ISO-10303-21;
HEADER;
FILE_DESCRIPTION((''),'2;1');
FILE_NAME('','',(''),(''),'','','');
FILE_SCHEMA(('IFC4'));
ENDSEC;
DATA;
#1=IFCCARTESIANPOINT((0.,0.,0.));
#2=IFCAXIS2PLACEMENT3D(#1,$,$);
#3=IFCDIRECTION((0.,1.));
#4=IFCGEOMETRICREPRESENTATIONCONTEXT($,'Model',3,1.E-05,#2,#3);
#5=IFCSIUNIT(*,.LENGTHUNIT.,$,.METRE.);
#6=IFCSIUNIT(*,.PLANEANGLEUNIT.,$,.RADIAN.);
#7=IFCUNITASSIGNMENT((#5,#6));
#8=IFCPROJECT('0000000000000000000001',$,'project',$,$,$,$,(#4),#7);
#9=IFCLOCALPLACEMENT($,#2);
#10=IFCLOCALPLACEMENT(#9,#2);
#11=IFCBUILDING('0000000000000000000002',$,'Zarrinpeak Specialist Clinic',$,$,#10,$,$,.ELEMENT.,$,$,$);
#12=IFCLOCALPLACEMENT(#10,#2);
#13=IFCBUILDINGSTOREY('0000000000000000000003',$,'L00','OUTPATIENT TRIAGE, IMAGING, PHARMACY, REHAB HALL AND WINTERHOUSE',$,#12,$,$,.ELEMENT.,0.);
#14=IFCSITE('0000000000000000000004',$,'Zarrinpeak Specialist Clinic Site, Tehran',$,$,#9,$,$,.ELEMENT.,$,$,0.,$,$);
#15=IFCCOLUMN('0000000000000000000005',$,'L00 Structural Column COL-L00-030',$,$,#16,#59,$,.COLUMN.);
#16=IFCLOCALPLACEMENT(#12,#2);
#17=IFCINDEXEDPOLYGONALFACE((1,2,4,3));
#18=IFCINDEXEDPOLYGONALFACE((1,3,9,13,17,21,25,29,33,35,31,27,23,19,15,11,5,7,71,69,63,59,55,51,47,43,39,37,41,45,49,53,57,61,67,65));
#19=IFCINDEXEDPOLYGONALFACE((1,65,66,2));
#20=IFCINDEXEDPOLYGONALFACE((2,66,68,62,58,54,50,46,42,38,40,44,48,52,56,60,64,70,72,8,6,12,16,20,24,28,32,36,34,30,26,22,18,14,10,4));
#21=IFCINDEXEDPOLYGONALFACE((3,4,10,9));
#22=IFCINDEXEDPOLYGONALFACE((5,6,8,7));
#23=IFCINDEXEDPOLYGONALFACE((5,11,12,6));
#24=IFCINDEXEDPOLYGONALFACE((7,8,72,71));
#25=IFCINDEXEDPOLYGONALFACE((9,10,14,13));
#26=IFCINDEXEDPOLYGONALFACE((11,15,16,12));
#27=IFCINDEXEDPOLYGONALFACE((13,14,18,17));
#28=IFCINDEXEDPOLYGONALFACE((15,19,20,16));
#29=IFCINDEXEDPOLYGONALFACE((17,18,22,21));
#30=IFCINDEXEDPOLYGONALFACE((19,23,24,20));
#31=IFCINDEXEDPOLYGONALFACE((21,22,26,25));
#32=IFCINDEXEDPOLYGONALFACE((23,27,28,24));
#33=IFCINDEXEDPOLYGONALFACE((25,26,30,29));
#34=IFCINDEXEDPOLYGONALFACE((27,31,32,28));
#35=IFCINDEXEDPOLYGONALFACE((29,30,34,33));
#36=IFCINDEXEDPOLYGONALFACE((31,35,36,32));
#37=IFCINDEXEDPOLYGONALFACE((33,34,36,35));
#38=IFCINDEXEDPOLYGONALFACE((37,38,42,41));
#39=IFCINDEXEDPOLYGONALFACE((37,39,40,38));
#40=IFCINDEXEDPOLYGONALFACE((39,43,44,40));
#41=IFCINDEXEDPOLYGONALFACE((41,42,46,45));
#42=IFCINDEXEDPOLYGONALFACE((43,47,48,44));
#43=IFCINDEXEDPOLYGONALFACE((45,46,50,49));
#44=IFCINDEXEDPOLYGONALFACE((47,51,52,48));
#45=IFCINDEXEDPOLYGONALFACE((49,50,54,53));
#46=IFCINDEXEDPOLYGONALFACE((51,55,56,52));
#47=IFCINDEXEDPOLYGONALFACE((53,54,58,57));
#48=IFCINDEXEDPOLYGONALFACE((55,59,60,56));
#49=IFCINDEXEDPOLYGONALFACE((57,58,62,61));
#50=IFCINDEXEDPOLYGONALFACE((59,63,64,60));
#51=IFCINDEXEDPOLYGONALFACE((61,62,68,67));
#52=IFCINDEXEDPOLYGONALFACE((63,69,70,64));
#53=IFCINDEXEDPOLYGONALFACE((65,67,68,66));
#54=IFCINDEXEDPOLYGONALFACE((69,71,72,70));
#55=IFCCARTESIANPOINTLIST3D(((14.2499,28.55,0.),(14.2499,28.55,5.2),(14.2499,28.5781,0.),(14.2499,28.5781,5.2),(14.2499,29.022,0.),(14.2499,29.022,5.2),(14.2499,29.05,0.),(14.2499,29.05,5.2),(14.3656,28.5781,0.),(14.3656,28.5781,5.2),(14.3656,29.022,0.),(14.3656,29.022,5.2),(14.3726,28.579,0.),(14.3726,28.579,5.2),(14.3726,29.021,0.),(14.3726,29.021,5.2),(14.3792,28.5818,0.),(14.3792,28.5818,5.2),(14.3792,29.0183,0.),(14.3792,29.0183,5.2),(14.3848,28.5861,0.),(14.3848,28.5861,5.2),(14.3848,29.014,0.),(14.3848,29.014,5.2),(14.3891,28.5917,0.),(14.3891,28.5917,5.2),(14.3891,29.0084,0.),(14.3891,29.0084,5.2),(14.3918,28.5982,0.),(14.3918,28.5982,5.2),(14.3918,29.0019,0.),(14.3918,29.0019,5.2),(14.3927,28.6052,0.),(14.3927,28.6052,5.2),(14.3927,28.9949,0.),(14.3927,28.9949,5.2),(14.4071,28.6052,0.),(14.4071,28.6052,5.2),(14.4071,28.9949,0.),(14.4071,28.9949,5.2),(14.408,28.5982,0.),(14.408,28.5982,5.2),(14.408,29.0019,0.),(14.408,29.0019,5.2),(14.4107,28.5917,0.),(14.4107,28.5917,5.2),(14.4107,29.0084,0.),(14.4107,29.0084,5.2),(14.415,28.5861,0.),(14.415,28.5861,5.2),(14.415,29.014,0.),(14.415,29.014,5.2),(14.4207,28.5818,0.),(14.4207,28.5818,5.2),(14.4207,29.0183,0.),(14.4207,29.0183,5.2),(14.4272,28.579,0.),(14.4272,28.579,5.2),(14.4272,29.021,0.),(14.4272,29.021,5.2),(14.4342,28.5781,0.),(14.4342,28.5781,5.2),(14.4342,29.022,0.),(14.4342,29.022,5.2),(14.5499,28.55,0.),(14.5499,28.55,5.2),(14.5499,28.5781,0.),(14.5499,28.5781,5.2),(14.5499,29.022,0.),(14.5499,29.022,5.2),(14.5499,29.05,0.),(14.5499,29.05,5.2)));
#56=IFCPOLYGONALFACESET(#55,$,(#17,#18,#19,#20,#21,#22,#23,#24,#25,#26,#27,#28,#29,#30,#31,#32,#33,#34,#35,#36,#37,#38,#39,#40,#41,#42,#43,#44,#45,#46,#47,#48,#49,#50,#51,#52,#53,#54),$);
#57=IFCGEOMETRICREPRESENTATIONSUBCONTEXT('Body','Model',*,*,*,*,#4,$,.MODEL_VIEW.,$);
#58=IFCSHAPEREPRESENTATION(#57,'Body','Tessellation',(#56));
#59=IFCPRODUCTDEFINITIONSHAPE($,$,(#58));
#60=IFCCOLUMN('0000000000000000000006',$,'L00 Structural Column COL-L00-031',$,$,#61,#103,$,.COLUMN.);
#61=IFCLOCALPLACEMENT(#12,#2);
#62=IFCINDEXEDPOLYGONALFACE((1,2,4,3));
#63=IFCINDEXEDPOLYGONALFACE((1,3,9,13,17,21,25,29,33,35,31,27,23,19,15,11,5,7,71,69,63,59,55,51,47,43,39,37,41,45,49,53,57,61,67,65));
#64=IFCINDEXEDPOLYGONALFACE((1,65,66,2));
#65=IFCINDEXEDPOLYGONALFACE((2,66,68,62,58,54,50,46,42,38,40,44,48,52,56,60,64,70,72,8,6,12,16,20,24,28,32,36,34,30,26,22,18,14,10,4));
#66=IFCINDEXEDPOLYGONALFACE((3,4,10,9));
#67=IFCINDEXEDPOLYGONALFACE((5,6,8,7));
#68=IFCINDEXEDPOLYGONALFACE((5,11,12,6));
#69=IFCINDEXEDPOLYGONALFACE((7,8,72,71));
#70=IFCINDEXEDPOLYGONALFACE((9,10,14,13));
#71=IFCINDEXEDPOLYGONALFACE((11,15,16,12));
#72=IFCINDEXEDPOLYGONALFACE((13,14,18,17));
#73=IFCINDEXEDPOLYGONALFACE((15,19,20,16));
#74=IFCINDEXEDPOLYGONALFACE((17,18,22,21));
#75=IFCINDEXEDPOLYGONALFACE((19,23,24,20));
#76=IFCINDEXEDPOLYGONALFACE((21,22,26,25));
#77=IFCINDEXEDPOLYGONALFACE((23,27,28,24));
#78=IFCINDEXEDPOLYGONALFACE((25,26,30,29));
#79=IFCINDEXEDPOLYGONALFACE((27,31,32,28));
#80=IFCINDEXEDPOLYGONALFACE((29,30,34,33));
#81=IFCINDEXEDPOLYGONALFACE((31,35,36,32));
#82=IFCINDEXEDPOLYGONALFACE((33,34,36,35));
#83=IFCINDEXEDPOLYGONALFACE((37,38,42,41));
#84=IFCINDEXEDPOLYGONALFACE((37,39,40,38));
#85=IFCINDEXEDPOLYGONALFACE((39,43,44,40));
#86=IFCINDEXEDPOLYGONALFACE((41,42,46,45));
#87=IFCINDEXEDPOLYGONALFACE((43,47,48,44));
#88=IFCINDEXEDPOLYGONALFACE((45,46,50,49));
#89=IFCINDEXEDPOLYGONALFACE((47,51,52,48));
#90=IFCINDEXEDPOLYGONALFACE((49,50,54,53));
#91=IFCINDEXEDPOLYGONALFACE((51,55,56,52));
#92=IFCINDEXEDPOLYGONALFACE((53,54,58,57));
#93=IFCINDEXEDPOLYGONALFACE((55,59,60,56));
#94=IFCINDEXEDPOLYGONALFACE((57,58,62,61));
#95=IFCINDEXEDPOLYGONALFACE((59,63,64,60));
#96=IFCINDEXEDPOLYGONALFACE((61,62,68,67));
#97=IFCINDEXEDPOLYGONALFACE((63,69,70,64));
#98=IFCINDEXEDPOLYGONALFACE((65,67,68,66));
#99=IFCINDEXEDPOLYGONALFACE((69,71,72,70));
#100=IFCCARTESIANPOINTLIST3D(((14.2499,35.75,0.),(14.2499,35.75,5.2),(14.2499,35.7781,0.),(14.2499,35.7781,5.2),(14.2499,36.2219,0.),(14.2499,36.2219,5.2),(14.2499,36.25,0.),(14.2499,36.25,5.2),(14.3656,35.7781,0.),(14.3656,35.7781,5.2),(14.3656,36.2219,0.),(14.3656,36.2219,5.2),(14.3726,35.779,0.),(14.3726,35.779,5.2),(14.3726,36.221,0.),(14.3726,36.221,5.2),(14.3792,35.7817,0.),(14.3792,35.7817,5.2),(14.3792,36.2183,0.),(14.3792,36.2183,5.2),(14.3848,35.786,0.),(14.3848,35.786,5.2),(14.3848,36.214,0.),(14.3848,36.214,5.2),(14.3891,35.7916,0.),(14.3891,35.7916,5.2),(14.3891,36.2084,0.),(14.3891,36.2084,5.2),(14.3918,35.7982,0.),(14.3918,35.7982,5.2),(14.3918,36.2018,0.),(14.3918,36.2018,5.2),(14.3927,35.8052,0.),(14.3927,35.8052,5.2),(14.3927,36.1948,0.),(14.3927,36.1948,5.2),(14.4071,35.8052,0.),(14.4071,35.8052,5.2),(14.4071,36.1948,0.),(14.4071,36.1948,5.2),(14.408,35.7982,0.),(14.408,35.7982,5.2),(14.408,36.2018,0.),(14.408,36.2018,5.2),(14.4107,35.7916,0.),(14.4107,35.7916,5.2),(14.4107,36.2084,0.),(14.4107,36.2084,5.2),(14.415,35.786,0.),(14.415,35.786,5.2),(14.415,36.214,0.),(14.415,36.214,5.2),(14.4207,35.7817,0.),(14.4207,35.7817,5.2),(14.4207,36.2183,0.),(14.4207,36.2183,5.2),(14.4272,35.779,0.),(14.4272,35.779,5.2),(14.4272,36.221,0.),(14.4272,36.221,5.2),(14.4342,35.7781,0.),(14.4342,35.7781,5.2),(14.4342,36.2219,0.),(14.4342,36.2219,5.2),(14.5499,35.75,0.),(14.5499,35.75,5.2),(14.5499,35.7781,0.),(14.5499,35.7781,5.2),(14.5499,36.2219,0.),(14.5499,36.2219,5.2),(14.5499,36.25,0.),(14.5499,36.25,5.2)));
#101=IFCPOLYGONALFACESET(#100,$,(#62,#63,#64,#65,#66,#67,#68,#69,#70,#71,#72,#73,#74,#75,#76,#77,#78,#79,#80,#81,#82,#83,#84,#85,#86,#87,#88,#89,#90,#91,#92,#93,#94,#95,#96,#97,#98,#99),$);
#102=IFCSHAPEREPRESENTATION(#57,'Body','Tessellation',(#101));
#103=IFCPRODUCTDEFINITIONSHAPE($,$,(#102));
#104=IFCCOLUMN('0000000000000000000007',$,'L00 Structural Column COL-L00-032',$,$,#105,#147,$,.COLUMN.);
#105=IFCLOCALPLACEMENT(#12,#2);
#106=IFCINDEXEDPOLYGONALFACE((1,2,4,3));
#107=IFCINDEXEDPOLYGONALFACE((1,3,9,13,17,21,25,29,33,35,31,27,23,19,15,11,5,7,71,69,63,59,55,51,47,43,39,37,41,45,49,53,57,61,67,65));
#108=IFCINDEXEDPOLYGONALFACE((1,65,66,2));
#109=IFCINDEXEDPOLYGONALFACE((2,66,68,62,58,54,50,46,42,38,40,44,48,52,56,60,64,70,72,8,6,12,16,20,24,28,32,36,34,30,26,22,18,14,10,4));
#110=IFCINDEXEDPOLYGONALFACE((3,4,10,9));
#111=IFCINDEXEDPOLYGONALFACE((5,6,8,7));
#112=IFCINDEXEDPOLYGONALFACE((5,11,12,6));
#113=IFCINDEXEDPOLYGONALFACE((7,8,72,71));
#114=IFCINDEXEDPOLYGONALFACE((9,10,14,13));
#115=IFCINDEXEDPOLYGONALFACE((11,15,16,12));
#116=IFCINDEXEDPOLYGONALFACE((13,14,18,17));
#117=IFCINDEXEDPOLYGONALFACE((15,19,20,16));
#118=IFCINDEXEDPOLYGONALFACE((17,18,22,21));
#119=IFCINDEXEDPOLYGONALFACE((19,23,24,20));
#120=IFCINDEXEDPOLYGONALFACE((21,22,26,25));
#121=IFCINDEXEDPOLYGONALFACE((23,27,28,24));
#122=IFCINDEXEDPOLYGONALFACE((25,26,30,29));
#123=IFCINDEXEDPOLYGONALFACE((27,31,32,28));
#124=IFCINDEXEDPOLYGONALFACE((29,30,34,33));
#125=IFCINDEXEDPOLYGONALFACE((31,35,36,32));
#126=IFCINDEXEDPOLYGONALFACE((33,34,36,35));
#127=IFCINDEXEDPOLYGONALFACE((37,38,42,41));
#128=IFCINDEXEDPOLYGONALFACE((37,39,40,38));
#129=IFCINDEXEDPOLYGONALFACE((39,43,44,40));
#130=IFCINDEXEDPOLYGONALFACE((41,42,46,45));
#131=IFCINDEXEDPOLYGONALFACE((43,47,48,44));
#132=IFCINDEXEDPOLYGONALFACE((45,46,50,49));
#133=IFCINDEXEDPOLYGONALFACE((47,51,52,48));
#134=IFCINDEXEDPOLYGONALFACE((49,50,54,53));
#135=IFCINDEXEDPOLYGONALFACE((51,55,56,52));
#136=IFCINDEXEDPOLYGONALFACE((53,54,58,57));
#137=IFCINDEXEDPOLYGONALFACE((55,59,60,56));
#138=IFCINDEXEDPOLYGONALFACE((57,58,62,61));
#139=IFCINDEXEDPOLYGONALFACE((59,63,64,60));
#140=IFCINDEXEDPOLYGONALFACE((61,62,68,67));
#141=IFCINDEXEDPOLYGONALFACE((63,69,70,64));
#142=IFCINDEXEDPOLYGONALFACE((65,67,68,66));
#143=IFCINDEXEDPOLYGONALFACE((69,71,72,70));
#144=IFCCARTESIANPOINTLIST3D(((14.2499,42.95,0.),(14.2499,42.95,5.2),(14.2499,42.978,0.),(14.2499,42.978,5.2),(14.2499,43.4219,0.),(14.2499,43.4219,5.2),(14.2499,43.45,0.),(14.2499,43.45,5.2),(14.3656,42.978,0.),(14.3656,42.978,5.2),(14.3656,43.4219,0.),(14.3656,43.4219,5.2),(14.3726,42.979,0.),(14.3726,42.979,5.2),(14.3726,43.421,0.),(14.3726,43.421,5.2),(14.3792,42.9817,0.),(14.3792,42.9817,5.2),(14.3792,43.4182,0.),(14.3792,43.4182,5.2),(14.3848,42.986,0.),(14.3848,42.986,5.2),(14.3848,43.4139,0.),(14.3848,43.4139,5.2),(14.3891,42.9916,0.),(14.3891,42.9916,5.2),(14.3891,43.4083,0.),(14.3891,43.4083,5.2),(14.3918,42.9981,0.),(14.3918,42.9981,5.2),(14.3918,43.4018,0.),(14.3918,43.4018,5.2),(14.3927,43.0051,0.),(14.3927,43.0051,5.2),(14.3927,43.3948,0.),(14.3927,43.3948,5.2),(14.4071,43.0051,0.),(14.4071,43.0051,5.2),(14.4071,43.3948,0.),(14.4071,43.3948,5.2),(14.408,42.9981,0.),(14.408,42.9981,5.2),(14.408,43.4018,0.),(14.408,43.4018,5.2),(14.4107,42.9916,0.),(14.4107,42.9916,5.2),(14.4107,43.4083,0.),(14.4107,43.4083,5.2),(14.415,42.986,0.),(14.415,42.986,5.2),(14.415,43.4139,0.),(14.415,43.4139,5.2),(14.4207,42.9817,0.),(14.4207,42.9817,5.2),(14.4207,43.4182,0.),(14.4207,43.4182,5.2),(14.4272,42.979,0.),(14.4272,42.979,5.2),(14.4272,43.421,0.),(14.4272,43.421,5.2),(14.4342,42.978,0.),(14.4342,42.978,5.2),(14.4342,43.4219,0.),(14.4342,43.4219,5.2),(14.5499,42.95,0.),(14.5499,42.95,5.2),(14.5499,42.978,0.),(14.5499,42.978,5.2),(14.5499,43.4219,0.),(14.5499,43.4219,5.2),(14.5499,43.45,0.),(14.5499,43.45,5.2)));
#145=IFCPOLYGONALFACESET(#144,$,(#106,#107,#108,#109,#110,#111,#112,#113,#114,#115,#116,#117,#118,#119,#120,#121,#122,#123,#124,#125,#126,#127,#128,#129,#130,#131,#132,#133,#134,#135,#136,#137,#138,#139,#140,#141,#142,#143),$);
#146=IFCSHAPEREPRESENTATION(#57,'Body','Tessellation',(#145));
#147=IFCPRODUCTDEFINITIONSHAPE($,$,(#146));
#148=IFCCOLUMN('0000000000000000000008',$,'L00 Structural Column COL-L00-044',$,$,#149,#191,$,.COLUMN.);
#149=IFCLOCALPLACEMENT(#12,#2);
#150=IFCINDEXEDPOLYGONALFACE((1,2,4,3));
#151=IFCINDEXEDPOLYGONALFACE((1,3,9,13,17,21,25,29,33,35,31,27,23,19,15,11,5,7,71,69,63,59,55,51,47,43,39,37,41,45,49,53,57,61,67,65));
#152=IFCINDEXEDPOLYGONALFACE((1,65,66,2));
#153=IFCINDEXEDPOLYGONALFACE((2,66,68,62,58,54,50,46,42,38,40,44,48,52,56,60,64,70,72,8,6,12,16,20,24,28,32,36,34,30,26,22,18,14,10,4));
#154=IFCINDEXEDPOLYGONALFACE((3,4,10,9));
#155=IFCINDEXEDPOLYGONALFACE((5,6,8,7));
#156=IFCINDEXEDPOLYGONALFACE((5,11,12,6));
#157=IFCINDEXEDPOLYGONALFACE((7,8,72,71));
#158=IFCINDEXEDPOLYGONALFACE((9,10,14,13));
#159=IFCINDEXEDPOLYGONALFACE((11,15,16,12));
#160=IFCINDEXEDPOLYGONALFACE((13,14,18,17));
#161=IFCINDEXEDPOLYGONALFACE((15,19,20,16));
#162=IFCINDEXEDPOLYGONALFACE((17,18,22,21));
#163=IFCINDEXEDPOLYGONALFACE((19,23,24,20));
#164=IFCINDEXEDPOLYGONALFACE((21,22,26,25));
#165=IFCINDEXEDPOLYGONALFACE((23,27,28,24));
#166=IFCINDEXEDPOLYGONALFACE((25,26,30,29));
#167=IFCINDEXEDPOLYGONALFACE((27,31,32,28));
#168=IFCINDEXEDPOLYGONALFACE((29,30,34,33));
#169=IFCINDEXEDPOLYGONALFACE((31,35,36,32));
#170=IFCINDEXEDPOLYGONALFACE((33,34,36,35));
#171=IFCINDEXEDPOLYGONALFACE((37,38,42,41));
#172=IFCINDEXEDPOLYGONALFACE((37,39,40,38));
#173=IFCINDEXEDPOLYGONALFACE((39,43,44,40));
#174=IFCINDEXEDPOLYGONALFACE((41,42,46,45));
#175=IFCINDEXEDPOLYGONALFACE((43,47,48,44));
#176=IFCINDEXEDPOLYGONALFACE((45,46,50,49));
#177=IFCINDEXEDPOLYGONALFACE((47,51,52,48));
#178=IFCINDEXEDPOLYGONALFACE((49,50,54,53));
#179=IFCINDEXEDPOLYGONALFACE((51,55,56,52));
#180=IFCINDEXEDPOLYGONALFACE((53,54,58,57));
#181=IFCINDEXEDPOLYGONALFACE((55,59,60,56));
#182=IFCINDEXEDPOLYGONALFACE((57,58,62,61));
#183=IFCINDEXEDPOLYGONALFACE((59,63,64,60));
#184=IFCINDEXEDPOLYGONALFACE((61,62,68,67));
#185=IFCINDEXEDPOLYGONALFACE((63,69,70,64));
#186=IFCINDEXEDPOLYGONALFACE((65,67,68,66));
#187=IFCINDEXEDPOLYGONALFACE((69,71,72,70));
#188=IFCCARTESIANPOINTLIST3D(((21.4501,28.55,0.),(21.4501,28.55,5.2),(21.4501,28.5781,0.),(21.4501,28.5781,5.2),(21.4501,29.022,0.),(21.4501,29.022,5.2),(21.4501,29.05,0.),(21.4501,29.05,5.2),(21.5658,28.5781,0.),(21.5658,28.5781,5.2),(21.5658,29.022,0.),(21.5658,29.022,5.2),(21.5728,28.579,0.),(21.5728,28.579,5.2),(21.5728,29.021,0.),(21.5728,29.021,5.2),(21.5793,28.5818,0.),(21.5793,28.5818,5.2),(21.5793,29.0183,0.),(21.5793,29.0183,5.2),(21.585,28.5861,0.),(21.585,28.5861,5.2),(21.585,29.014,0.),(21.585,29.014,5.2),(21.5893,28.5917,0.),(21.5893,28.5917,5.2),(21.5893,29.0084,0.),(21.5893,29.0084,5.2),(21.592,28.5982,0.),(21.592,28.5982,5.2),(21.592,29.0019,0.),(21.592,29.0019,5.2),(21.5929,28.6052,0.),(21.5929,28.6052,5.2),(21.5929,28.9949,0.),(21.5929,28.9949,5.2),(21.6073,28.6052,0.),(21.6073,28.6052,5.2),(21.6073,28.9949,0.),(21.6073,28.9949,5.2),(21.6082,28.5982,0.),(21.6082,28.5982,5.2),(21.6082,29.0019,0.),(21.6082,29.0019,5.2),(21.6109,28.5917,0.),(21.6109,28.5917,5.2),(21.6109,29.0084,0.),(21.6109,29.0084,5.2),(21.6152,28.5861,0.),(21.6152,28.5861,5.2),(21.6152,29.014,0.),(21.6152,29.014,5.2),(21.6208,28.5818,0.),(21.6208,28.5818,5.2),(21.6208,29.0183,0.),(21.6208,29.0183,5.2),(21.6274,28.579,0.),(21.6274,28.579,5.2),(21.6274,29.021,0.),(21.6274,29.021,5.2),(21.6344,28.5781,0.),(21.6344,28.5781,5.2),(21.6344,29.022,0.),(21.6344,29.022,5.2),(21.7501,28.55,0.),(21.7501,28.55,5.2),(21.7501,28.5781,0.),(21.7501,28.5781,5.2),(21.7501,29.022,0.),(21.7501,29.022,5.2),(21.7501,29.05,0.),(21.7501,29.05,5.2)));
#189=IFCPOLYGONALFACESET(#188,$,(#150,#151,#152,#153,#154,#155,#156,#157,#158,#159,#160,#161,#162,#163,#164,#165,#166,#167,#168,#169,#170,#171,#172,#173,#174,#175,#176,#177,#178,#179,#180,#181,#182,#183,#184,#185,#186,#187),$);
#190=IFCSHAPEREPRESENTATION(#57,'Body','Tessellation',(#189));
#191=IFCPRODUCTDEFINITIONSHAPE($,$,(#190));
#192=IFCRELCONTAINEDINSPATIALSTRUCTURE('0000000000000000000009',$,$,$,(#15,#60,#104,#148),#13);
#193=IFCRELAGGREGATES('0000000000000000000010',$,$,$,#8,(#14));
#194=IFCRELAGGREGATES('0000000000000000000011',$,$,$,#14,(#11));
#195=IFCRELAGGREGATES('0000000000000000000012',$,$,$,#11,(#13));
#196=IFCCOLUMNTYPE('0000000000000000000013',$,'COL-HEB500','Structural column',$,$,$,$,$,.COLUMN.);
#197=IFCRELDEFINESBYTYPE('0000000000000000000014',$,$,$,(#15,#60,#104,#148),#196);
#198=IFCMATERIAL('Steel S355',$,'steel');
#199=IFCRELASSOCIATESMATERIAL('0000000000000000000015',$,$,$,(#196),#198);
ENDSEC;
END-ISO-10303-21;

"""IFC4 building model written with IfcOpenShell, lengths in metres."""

from ifc_helpers import new_model, si_unit, direction, frame, origin, origin_2d, place, context, subcontext, project, spatial, i_section, extrude, material, material_profile, profile_set, type_object, element, save


model = new_model("IFC4")

# Units and contexts
model_context = context("Model", 3, precision=1e-05, world=origin(), true_north=direction((0.0, 1.0)))
body_context = subcontext(model_context, "Body", "Model", "MODEL_VIEW")
ifc_project = project(units=[si_unit("LENGTHUNIT", "METRE"), si_unit("PLANEANGLEUNIT", "RADIAN")], contexts=[model_context])

# Site, building, storey
site_placement = place(None, origin())
site = spatial("IfcSite", under=ifc_project, at=site_placement, Name="Zarrinpeak Specialist Clinic Site, Tehran", CompositionType="ELEMENT", RefElevation=0.0)
building_placement = place(site_placement, origin())
building = spatial("IfcBuilding", under=site, at=building_placement, Name="Zarrinpeak Specialist Clinic", CompositionType="ELEMENT")
storey_placement = place(building_placement, origin())
storey = spatial("IfcBuildingStorey", under=building, at=storey_placement, Name="L00", Description="OUTPATIENT TRIAGE, IMAGING, PHARMACY, REHAB HALL AND WINTERHOUSE", CompositionType="ELEMENT", Elevation=0.0)

# Columns
ifc_material_1 = material(Name="Steel S355", Category="steel")
ifc_material_profile_1 = material_profile(ifc_material_1, i_section(OverallWidth=0.3, OverallDepth=0.5, WebThickness=0.0144, FlangeThickness=0.0281, FilletRadius=0.0271, at=origin_2d()), Name="HEB 500")
ifc_profile_set_1 = profile_set([ifc_material_profile_1], Name="Steel S355")
column_type = type_object("IfcColumnType", Name="COL-HEB500", Description="Structural column", PredefinedType="COLUMN", material=ifc_profile_set_1)
for number, where, z_axis, x_axis, name in (
    (1, (14.3999, 28.8, 0.0), (0.0, 0.0, 1.0), (1.0, 0.0, 0.0), "L00 Structural Column COL-L00-030"),
    (2, (14.3999, 36.0, 0.0), (0.0, 0.0, 1.0), (1.0, 0.0, 0.0), "L00 Structural Column COL-L00-031"),
    (3, (14.3999, 43.2, 0.0), (0.0, 0.0, 1.0), (1.0, 0.0, 0.0), "L00 Structural Column COL-L00-032"),
    (4, (21.6001, 28.8, 0.0), (0.0, 0.0, 1.0), (1.0, 0.0, 0.0), "L00 Structural Column COL-L00-044"),
):
    element("IfcColumn", number, at=place(storey_placement, frame(where, z_axis=z_axis, x_axis=x_axis)), inside=storey, type_object=column_type, Name=name, PredefinedType="COLUMN", context=body_context, shape_type="SweptSolid", body=[
        extrude(i_section(OverallWidth=0.3, OverallDepth=0.5, WebThickness=0.0144, FlangeThickness=0.0281, FilletRadius=0.0271, at=origin_2d()), origin(), (0.0, 0.0, 1.0), 5.2),
    ])

save(model, "model.ifc")
